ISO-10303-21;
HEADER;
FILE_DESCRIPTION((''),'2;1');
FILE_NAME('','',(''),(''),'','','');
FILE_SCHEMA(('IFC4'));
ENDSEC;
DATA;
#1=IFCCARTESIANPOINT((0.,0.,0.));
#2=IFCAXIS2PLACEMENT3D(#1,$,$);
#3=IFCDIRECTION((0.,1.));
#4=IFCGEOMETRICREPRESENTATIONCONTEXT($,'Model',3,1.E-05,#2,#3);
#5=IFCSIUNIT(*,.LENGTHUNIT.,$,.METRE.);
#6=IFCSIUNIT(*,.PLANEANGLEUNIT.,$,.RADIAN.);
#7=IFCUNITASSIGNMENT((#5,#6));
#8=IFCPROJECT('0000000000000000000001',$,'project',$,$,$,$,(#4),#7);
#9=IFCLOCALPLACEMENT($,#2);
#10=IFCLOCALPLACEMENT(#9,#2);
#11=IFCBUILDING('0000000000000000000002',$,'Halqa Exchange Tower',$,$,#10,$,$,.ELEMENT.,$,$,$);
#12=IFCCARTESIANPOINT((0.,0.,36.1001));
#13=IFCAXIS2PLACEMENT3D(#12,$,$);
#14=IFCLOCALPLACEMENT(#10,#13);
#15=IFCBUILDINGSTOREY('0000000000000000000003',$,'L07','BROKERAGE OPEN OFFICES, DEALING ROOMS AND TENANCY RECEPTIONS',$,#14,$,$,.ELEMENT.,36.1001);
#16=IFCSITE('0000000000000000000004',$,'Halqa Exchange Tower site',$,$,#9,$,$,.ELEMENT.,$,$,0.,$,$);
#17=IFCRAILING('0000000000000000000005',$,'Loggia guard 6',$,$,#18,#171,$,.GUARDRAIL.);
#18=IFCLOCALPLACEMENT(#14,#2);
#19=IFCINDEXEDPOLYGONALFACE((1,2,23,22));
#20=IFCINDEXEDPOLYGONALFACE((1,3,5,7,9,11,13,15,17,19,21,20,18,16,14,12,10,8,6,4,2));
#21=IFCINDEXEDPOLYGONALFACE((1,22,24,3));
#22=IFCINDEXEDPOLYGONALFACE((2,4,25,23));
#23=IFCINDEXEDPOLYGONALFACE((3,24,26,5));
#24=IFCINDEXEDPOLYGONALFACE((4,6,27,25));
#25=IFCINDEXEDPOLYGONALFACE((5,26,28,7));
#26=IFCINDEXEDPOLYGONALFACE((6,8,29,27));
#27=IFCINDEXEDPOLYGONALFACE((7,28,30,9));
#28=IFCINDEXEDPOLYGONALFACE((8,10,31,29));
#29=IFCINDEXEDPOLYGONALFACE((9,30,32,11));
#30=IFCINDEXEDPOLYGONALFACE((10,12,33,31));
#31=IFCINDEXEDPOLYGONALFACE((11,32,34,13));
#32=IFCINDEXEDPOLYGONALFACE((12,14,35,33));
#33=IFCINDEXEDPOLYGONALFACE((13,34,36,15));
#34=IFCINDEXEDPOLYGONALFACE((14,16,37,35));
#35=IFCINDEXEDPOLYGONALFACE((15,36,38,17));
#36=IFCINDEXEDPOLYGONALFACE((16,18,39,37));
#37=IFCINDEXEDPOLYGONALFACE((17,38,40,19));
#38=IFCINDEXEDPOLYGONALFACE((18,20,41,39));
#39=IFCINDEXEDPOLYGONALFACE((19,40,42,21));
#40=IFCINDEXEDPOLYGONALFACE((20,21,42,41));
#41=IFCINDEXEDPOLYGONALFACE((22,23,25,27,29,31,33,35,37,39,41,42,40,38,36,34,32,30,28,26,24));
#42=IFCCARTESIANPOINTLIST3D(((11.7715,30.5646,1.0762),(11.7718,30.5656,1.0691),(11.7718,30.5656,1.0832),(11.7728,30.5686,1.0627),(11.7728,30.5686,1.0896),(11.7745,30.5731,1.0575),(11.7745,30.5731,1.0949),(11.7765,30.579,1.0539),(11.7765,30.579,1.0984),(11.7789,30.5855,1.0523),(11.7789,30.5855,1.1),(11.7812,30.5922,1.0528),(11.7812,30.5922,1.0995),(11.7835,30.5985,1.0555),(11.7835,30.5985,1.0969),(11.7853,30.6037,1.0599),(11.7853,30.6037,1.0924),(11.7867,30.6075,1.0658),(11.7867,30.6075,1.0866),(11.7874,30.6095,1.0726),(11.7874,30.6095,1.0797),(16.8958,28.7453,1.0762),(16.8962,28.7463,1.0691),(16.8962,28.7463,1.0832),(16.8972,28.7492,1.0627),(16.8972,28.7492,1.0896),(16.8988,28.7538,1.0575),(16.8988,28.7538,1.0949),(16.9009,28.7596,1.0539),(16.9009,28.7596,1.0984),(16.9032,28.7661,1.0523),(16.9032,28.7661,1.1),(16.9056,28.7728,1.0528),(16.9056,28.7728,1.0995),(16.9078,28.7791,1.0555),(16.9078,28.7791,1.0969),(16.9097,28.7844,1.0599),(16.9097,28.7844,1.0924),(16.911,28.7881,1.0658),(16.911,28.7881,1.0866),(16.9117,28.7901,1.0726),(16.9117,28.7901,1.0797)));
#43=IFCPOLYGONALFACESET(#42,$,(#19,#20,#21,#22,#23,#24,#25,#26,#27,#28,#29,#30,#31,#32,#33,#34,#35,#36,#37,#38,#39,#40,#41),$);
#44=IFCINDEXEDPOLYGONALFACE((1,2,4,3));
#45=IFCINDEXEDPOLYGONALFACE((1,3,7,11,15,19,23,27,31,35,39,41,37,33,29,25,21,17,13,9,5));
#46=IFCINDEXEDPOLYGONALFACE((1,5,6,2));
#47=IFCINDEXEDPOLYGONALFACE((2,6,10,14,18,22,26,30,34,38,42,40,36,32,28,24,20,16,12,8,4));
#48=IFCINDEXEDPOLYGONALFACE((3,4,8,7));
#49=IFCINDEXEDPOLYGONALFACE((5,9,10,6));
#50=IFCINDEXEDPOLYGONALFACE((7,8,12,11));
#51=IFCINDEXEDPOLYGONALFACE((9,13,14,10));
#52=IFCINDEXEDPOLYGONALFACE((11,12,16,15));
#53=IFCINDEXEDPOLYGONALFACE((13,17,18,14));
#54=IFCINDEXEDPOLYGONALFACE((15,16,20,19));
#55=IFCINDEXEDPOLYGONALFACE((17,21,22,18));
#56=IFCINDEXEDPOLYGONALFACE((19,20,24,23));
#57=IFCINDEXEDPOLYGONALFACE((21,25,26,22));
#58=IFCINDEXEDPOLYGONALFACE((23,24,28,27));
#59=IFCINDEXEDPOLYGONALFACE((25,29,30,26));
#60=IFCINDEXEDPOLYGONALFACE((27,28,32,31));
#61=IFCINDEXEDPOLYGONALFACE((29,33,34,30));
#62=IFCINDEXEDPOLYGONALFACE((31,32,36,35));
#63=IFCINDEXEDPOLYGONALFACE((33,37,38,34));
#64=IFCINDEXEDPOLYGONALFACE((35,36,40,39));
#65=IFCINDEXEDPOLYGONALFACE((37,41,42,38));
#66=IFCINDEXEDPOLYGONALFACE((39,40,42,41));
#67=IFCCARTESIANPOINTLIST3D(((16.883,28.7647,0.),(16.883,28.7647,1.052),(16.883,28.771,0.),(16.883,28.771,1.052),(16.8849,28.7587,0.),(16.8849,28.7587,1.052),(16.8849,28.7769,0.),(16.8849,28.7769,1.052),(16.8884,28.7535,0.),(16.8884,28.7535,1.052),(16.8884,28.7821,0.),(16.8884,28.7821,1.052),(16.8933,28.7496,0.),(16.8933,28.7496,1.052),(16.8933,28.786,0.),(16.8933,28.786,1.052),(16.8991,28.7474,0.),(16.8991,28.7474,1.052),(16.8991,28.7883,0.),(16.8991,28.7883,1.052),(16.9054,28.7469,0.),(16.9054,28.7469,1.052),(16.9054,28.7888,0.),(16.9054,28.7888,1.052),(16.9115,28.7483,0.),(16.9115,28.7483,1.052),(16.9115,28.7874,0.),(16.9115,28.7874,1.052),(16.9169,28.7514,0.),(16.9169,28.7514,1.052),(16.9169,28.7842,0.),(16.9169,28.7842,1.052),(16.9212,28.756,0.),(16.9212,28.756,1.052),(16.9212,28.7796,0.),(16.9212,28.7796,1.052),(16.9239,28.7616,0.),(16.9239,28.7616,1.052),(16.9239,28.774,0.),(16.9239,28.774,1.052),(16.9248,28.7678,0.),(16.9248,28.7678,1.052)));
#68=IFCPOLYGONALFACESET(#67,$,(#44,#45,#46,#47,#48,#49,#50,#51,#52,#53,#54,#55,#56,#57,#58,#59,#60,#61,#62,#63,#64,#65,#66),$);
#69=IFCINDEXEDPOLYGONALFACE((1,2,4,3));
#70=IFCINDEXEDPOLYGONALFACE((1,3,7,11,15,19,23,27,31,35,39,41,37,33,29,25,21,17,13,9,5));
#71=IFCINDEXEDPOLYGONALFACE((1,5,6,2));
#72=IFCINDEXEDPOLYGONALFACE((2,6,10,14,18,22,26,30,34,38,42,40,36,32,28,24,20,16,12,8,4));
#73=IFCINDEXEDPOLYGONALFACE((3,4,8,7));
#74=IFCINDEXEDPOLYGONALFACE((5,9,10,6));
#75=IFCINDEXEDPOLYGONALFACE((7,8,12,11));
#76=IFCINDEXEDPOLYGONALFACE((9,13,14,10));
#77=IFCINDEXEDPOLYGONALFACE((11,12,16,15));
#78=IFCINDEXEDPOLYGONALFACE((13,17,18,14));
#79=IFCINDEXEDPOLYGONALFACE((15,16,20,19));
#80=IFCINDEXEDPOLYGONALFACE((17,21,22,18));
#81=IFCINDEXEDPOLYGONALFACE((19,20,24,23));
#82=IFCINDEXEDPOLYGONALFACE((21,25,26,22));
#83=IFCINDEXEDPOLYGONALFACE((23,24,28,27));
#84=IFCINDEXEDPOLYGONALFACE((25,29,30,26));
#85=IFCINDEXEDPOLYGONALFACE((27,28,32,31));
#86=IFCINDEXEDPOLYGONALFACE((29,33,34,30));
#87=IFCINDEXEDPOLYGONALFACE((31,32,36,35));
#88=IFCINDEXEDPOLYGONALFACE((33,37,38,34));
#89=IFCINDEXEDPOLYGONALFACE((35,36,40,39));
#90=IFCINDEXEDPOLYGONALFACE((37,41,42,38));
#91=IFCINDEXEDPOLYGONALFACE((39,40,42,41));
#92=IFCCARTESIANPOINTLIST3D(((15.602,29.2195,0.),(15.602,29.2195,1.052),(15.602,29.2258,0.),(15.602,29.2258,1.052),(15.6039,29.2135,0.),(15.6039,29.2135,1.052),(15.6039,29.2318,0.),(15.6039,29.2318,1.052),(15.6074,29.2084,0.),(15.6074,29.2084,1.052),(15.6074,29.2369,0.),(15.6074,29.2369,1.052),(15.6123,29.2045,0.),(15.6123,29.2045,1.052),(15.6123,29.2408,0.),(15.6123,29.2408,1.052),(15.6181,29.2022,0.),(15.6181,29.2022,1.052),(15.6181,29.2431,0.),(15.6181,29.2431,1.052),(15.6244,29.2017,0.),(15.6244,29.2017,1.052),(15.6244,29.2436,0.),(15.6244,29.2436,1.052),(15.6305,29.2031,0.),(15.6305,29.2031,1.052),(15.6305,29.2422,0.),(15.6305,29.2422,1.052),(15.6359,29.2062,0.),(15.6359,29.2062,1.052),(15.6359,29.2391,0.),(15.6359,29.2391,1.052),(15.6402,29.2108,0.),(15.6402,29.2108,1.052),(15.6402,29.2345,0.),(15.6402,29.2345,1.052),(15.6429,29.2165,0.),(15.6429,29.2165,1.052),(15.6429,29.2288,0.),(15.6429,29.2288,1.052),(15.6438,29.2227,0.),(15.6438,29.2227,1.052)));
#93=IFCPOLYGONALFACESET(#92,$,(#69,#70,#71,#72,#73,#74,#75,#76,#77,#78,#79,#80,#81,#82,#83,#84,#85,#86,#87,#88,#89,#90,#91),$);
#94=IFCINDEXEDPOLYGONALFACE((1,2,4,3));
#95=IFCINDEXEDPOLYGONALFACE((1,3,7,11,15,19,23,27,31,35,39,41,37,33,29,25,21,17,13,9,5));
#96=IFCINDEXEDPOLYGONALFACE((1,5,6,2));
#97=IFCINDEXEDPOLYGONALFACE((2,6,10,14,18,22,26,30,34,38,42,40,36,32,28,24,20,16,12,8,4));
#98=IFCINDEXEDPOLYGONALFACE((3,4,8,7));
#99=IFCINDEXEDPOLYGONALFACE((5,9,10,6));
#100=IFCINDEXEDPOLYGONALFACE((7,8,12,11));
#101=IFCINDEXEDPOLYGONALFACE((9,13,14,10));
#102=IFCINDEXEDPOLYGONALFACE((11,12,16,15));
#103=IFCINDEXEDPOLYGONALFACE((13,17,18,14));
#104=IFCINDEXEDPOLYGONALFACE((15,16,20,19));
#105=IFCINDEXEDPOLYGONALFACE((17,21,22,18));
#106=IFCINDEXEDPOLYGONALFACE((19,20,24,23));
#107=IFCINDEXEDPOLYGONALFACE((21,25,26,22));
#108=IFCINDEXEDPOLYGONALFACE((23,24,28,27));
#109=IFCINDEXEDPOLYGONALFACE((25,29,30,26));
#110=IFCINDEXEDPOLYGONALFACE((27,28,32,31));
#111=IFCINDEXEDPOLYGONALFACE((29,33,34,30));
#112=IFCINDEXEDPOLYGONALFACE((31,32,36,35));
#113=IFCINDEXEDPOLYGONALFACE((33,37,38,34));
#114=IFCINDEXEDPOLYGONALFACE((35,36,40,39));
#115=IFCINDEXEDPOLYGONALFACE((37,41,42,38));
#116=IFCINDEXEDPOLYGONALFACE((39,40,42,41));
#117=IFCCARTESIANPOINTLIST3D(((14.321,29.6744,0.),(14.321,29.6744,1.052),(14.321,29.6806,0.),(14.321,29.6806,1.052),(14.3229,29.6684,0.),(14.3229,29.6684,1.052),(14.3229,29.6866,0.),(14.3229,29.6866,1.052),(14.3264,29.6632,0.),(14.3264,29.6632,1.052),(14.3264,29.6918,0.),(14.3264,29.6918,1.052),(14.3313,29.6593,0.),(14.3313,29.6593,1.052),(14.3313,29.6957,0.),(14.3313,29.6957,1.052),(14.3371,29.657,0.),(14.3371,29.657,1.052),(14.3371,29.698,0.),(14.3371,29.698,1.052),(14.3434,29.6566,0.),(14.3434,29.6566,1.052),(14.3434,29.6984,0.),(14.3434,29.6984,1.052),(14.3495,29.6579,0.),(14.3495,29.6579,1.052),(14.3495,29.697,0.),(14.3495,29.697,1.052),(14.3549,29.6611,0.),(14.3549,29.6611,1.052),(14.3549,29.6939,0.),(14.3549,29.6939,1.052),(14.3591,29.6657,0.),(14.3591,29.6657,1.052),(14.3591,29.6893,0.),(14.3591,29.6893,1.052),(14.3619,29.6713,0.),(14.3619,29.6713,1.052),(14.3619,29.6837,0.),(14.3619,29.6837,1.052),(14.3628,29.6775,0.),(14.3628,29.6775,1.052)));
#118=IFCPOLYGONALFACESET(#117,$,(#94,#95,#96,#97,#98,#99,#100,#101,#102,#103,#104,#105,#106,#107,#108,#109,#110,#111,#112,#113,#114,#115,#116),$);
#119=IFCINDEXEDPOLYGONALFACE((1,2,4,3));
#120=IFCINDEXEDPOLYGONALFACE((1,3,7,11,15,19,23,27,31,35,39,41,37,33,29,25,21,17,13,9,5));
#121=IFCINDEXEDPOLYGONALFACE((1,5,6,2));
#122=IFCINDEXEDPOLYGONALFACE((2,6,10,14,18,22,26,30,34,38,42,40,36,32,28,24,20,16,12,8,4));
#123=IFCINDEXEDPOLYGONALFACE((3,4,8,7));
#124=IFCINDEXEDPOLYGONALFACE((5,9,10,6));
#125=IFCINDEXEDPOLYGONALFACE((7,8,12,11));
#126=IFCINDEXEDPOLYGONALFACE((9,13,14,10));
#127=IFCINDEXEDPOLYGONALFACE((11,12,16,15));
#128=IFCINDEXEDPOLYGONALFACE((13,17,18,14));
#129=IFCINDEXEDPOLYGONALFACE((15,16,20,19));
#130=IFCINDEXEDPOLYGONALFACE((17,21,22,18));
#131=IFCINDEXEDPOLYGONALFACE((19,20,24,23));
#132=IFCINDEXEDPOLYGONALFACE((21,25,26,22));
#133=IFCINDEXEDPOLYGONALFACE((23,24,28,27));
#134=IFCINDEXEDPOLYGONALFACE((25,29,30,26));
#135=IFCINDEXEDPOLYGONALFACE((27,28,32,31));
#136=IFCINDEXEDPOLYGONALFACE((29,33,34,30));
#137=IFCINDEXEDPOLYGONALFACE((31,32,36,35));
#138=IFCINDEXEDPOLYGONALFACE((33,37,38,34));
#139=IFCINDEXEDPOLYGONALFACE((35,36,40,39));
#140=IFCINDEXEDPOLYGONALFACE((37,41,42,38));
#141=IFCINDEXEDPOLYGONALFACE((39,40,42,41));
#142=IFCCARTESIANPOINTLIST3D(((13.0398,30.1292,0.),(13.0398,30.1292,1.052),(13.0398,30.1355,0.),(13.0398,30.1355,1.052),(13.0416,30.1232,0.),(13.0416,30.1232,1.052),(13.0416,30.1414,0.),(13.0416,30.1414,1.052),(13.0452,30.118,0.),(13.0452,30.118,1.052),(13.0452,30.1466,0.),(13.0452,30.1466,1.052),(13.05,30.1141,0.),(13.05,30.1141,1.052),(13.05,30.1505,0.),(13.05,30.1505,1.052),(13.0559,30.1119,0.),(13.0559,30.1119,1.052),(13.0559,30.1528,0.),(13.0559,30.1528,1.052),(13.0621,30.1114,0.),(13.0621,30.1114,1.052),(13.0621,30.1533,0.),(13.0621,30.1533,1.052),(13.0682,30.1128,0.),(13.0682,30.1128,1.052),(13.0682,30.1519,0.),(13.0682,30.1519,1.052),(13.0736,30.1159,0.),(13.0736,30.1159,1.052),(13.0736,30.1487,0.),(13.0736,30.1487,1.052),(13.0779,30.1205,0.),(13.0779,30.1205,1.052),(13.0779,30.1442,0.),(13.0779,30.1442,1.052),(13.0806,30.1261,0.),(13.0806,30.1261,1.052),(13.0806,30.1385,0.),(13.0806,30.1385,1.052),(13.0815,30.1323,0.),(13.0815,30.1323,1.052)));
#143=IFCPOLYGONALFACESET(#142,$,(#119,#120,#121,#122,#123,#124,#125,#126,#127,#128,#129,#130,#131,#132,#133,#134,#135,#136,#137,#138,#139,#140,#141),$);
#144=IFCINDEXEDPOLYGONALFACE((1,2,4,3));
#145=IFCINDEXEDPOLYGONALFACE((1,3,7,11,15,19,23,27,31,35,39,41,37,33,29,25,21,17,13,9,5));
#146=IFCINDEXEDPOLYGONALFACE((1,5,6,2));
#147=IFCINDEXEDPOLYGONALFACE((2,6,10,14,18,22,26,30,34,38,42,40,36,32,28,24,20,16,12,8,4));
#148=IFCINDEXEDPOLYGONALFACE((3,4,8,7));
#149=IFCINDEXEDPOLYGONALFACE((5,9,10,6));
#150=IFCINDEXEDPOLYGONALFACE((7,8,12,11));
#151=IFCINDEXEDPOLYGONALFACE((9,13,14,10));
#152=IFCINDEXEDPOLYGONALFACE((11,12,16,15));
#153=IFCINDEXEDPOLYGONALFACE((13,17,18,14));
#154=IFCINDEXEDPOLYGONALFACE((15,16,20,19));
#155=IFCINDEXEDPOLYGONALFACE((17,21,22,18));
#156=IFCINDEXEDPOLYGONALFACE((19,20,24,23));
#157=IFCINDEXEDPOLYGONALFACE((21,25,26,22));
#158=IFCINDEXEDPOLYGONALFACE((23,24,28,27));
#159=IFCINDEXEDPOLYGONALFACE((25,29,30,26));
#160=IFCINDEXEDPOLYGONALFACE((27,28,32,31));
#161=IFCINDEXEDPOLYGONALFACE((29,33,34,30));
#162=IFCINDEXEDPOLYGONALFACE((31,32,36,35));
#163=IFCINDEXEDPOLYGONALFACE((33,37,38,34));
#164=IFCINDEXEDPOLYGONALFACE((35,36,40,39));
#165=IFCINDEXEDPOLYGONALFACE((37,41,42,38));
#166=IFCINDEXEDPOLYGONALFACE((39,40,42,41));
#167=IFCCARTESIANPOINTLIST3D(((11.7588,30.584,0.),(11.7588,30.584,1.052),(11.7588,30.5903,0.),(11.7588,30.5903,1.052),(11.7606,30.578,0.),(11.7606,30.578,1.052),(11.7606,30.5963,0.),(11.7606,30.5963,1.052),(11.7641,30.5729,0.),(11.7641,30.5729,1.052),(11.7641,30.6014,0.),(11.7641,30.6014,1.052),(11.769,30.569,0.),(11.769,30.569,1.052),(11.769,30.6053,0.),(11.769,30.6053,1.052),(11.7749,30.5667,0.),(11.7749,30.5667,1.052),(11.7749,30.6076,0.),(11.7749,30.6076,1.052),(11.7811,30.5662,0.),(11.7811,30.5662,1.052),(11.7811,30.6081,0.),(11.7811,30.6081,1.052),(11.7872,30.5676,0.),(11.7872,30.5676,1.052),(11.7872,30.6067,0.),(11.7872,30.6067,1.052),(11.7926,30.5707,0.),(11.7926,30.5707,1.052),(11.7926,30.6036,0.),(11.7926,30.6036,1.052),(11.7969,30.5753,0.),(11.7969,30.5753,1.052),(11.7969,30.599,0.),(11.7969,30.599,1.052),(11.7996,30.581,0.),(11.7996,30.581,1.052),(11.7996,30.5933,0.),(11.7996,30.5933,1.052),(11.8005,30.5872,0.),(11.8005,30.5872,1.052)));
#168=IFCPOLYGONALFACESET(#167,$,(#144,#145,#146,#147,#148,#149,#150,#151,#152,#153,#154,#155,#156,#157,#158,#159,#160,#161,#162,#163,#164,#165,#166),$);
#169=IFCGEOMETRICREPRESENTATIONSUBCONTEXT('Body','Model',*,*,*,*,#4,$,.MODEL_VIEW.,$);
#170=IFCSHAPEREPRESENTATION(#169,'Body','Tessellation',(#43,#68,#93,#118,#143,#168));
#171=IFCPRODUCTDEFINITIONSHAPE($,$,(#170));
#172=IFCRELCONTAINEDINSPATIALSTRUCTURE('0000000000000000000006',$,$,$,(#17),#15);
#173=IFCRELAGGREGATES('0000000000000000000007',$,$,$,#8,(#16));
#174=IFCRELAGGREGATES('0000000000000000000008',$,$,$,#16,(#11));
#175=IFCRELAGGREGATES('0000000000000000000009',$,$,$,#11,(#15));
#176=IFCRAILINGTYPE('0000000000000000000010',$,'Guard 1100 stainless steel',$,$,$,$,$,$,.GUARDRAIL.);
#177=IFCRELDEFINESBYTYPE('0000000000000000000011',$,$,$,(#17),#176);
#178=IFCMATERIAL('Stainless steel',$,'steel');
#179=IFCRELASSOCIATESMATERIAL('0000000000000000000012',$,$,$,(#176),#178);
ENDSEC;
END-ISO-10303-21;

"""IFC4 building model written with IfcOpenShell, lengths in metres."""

from ifc_helpers import new_model, si_unit, direction, frame, origin, origin_2d, place, context, subcontext, project, spatial, circle, extrude, material, type_object, element, save


model = new_model("IFC4")

# Units and contexts
model_context = context("Model", 3, precision=1e-05, world=origin(), true_north=direction((0.0, 1.0)))
body_context = subcontext(model_context, "Body", "Model", "MODEL_VIEW")
ifc_project = project(units=[si_unit("LENGTHUNIT", "METRE"), si_unit("PLANEANGLEUNIT", "RADIAN")], contexts=[model_context])

# Site, building, storey
site_placement = place(None, origin())
site = spatial("IfcSite", under=ifc_project, at=site_placement, Name="Halqa Exchange Tower site", CompositionType="ELEMENT", RefElevation=0.0)
building_placement = place(site_placement, origin())
building = spatial("IfcBuilding", under=site, at=building_placement, Name="Halqa Exchange Tower", CompositionType="ELEMENT")
storey_placement = place(building_placement, frame((0.0, 0.0, 36.1001)))
storey = spatial("IfcBuildingStorey", under=building, at=storey_placement, Name="L07", Description="BROKERAGE OPEN OFFICES, DEALING ROOMS AND TENANCY RECEPTIONS", CompositionType="ELEMENT", Elevation=36.1001)

# Railing
ifc_material_1 = material(Name="Stainless steel", Category="steel")
railing_type = type_object("IfcRailingType", Name="Guard 1100 stainless steel", PredefinedType="GUARDRAIL", material=ifc_material_1)
railing_1_placement = place(storey_placement, frame((16.9038, 28.7678, 0.0)))
element("IfcRailing", 1, at=railing_1_placement, inside=storey, type_object=railing_type, Name="Loggia guard 6", PredefinedType="GUARDRAIL", context=body_context, shape_type="SweptSolid", body=[
    extrude(circle(Radius=0.0239, at=origin_2d()), frame((0.0, 0.0, 1.0762), z_axis=(-0.942367, 0.334581, 0.0), x_axis=(-0.334581, -0.942367, 0.0)), (0.0, 0.0, 1.0), 5.4377),
    extrude(circle(Radius=0.021, at=origin_2d()), origin(), (0.0, 0.0, 1.0), 1.052),
    extrude(circle(Radius=0.021, at=origin_2d()), frame((-1.281, 0.4548, 0.0)), (0.0, 0.0, 1.0), 1.052),
    extrude(circle(Radius=0.021, at=origin_2d()), frame((-2.562, 0.9097, 0.0)), (0.0, 0.0, 1.0), 1.052),
    extrude(circle(Radius=0.021, at=origin_2d()), frame((-3.8433, 1.3645, 0.0)), (0.0, 0.0, 1.0), 1.052),
    extrude(circle(Radius=0.021, at=origin_2d()), frame((-5.1243, 1.8193, 0.0)), (0.0, 0.0, 1.0), 1.052),
])

save(model, "model.ifc")
